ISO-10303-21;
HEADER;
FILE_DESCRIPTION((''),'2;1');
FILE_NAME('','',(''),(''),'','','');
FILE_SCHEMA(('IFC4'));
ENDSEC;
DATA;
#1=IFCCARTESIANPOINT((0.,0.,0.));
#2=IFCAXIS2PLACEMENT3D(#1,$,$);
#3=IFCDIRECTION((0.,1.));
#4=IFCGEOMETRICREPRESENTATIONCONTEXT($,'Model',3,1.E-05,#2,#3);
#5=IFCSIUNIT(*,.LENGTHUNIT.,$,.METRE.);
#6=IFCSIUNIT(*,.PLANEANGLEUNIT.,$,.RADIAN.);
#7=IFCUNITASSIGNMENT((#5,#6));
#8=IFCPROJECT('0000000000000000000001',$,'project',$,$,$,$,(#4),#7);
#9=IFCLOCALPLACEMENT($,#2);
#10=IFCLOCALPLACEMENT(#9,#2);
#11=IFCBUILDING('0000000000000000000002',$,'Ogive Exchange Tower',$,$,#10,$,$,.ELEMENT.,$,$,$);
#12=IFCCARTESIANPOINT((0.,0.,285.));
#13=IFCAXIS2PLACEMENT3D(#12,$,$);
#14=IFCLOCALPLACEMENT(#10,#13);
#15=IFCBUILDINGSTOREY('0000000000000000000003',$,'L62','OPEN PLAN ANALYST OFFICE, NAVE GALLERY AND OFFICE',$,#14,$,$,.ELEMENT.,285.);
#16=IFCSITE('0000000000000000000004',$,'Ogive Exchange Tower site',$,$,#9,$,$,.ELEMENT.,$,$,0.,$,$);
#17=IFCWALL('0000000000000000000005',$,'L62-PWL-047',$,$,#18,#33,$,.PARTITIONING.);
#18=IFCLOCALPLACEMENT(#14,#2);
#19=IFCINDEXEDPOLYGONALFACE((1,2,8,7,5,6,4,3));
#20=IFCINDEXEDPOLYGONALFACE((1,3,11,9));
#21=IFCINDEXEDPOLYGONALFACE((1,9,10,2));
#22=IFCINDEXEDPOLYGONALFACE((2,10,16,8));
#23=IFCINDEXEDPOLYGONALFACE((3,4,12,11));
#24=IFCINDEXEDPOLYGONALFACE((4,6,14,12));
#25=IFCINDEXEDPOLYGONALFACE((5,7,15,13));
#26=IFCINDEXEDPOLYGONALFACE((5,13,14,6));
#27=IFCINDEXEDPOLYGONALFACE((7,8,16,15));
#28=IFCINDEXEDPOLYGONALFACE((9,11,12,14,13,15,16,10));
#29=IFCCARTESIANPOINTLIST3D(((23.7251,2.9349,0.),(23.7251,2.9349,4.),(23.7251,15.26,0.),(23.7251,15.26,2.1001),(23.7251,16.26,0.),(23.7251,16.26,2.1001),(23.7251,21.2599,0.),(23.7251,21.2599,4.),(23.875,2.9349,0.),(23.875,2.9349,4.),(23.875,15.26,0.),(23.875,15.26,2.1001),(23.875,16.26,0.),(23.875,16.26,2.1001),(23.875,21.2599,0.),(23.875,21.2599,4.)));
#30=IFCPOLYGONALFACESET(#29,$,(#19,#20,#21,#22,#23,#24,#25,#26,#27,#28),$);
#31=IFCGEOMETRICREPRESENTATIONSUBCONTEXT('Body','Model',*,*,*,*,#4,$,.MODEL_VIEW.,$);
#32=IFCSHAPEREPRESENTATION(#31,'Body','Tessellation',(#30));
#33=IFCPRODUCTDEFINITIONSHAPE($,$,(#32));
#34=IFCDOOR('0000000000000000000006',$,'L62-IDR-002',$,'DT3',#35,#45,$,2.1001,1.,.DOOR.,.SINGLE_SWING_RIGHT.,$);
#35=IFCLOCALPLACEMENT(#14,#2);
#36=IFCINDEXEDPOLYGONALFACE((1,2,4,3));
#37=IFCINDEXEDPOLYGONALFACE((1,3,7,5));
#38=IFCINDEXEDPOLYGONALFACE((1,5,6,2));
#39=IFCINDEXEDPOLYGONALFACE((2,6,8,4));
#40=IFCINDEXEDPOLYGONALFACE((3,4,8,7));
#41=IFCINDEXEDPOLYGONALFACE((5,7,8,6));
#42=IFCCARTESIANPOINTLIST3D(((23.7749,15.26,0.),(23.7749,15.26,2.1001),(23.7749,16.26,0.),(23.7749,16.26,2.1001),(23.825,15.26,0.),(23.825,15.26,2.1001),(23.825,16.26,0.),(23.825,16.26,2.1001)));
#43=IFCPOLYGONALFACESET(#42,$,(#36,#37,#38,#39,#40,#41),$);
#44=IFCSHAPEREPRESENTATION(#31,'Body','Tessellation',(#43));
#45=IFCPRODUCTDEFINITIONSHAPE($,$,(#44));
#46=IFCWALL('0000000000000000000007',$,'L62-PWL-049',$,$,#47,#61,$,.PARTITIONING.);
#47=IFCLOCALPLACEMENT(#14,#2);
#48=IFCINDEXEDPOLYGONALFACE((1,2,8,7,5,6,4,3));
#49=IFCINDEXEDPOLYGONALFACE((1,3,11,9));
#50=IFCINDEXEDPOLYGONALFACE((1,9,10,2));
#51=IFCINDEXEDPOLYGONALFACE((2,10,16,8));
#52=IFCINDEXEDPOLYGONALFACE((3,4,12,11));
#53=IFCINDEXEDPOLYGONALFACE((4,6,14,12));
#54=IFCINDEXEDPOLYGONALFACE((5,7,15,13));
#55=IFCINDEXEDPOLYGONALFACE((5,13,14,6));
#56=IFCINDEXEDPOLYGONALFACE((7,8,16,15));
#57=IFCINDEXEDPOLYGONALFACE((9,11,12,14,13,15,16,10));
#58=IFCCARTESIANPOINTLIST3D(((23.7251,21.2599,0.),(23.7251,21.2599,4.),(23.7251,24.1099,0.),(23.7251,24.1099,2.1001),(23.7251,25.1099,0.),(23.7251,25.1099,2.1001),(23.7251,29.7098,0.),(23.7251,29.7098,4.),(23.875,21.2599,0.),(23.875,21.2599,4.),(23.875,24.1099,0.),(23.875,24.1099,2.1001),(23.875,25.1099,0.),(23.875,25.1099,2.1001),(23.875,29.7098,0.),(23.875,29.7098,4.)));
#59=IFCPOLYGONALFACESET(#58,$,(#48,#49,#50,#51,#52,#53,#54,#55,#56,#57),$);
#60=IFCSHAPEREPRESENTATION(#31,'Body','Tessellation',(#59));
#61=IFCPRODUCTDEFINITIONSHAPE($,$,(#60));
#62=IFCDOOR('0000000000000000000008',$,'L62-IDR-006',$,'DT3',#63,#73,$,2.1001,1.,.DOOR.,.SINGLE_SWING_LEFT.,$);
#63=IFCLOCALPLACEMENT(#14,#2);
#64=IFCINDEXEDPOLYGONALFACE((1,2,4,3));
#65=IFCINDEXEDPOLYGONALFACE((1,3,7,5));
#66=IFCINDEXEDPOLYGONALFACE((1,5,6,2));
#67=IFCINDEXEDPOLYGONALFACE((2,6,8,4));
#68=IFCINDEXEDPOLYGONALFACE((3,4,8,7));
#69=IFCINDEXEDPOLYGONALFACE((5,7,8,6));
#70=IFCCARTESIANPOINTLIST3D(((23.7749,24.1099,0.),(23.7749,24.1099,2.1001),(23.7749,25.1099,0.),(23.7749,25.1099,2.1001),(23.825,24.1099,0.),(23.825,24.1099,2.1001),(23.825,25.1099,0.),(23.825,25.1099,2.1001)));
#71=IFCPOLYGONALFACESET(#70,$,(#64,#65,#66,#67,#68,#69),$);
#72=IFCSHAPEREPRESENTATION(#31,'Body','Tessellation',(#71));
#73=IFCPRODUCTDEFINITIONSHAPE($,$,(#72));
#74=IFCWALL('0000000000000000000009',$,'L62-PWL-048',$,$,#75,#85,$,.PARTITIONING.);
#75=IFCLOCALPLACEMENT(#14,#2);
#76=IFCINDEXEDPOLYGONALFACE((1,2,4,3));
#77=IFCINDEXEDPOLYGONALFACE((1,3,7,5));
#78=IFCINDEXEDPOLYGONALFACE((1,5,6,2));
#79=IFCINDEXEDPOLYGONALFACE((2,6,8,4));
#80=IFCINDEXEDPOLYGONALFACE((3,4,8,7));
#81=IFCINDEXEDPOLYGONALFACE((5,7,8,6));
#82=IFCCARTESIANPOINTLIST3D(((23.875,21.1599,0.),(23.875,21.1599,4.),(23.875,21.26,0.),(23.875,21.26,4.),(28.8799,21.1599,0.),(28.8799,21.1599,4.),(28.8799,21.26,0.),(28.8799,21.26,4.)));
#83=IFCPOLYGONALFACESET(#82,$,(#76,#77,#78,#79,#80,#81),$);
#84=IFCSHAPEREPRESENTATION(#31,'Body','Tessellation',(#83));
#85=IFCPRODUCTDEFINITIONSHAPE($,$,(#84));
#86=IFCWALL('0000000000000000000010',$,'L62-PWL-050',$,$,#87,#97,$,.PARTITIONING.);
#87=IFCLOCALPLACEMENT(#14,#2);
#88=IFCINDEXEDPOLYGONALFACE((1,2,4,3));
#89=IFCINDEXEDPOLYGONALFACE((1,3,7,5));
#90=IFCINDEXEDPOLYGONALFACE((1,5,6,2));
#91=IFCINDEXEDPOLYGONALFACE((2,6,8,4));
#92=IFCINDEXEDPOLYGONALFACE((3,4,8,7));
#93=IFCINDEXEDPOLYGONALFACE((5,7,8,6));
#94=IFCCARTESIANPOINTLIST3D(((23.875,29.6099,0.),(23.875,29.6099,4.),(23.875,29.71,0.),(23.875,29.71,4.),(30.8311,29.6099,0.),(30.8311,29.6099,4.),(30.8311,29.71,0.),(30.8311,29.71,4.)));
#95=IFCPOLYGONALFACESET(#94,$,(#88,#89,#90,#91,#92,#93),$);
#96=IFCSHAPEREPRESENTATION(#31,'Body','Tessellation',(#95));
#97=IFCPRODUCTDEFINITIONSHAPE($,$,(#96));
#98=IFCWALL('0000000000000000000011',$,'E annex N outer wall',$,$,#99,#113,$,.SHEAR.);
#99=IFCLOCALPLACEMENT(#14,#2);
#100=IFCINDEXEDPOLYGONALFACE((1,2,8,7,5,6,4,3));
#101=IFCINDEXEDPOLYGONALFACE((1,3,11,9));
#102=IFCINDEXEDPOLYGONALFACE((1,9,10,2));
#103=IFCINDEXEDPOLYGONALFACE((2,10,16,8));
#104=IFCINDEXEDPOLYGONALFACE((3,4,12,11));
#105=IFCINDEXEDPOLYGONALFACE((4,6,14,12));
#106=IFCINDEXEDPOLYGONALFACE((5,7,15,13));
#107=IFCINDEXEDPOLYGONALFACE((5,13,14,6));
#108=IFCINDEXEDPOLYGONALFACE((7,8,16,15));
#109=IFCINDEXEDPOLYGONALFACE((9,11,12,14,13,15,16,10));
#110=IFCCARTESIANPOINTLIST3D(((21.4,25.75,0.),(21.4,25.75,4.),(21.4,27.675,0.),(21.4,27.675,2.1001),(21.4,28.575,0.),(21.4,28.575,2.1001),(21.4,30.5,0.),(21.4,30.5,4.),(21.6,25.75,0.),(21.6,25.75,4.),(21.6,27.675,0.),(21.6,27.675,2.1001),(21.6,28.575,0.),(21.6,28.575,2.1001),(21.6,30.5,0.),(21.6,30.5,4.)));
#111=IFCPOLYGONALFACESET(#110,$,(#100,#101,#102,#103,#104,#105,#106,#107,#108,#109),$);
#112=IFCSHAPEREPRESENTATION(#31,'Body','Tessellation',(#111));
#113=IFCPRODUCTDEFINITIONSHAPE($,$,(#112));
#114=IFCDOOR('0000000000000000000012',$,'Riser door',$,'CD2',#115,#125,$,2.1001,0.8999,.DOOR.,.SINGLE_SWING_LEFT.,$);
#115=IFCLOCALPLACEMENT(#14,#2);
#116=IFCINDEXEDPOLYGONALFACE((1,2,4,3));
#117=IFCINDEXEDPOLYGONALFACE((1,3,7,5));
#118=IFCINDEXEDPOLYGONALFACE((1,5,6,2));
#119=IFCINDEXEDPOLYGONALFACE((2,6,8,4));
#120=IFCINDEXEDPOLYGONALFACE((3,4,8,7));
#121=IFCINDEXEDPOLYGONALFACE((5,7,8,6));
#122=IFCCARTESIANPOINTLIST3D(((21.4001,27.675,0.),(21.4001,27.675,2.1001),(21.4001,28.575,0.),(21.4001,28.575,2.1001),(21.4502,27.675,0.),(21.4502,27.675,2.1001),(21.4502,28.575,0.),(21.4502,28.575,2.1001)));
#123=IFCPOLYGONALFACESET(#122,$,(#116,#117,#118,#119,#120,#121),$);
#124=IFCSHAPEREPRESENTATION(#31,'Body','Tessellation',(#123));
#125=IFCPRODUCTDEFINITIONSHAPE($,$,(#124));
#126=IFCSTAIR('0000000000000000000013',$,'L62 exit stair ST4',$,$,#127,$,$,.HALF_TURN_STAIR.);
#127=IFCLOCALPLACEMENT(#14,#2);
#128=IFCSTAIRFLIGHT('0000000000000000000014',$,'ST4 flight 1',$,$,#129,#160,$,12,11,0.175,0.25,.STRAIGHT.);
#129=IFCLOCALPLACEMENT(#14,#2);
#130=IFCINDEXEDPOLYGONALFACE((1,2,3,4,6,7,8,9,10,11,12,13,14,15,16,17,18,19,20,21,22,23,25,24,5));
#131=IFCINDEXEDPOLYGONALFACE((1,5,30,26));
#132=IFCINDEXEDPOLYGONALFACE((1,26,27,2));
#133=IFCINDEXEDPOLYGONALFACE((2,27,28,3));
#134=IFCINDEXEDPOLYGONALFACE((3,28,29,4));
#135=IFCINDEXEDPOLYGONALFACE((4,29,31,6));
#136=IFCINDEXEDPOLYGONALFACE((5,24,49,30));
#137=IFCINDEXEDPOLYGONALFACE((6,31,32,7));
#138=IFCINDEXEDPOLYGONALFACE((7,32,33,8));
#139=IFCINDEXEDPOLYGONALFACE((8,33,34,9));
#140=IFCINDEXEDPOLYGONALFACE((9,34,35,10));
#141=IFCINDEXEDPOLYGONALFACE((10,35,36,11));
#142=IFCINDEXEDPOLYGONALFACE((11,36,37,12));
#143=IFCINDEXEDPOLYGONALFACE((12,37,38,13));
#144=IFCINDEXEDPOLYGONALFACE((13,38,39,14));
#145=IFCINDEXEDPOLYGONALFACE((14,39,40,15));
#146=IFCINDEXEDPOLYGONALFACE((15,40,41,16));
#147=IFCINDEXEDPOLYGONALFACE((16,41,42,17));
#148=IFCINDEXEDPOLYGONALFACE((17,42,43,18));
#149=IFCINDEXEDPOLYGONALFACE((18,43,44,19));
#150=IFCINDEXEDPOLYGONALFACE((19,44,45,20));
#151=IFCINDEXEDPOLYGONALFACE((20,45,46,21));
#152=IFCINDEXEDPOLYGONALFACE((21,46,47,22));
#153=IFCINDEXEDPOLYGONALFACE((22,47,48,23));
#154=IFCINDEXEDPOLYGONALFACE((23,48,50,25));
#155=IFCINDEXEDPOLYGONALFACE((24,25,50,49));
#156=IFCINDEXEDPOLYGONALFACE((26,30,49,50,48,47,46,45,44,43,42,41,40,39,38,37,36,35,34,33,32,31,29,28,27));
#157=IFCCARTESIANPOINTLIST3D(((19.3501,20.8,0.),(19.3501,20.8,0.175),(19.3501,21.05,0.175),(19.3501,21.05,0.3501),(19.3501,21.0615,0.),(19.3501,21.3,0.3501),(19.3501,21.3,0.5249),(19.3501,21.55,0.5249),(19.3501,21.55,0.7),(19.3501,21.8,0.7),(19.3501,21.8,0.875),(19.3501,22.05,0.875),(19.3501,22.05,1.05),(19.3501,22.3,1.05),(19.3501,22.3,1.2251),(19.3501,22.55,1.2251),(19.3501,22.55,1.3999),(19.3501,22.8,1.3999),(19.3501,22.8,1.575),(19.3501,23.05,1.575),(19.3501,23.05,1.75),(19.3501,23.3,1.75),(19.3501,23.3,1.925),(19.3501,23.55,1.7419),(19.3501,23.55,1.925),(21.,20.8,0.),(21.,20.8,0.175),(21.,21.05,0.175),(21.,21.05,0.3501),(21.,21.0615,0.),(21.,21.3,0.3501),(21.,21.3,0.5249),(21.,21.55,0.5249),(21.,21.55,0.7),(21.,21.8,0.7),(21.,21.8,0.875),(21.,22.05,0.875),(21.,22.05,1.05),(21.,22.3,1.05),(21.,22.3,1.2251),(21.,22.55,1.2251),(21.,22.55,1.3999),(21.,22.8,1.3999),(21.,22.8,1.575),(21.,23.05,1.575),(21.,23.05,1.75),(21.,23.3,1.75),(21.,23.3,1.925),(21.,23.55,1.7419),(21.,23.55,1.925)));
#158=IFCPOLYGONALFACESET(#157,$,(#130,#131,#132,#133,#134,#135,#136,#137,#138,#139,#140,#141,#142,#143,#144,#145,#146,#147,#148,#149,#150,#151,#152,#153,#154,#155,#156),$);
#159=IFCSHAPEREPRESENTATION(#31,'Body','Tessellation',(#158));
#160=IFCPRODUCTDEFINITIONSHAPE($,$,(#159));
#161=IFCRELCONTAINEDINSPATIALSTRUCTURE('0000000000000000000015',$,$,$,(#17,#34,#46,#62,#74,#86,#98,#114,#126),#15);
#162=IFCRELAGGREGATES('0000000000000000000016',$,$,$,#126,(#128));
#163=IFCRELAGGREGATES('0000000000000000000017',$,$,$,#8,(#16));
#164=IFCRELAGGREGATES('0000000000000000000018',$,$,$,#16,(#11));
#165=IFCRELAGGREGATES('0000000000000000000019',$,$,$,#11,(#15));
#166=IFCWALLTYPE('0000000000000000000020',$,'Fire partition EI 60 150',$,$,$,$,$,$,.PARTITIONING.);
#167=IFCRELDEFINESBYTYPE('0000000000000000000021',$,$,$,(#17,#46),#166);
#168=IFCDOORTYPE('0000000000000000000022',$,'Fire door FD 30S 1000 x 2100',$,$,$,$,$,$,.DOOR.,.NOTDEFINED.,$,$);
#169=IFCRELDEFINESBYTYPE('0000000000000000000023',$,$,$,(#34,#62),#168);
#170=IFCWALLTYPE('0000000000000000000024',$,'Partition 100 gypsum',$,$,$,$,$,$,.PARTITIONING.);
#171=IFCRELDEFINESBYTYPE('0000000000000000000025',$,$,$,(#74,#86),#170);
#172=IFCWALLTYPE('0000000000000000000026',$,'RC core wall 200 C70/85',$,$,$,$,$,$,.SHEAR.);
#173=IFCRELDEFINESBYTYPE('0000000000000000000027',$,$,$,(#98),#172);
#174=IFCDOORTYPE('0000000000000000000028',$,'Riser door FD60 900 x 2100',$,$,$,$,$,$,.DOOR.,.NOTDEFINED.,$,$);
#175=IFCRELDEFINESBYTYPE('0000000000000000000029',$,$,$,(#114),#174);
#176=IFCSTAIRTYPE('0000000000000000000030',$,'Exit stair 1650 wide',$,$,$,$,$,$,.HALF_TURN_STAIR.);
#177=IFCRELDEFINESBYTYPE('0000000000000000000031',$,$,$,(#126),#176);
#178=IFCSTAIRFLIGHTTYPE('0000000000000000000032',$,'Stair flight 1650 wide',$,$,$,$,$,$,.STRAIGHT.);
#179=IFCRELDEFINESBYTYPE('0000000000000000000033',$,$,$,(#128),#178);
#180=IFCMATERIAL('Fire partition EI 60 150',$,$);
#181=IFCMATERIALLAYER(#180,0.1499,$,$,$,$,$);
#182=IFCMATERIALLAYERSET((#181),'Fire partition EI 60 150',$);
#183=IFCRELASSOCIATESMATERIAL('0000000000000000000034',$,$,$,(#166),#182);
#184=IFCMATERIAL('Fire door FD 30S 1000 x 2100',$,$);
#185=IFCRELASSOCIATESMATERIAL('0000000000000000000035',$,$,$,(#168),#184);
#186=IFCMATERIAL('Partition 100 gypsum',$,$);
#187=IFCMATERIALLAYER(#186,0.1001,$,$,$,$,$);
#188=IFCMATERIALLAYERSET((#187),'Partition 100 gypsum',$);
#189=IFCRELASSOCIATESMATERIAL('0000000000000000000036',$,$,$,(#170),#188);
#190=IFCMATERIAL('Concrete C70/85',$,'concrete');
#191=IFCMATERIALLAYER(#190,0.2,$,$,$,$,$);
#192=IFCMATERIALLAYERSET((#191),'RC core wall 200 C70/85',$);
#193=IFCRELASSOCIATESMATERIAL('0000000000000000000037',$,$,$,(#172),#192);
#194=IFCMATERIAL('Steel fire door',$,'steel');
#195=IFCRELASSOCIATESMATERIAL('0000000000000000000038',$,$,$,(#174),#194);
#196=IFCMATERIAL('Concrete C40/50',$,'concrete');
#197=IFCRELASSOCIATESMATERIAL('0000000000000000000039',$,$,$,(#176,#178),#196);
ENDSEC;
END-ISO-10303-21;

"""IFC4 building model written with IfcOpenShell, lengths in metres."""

from ifc_helpers import new_model, si_unit, direction, frame, frame_2d, origin, place, context, subcontext, project, spatial, polyline, rectangle, outline, extrude, material, layer, layer_set, type_object, element, fill, aggregate, save


model = new_model("IFC4")

# Units and contexts
model_context = context("Model", 3, precision=1e-05, world=origin(), true_north=direction((0.0, 1.0)))
body_context = subcontext(model_context, "Body", "Model", "MODEL_VIEW")
ifc_project = project(units=[si_unit("LENGTHUNIT", "METRE"), si_unit("PLANEANGLEUNIT", "RADIAN")], contexts=[model_context])

# Site, building, storey
site_placement = place(None, origin())
site = spatial("IfcSite", under=ifc_project, at=site_placement, Name="Ogive Exchange Tower site", CompositionType="ELEMENT", RefElevation=0.0)
building_placement = place(site_placement, origin())
building = spatial("IfcBuilding", under=site, at=building_placement, Name="Ogive Exchange Tower", CompositionType="ELEMENT")
storey_placement = place(building_placement, frame((0.0, 0.0, 285.0)))
storey = spatial("IfcBuildingStorey", under=building, at=storey_placement, Name="L62", Description="OPEN PLAN ANALYST OFFICE, NAVE GALLERY AND OFFICE", CompositionType="ELEMENT", Elevation=285.0)

# Walls, openings, doors
ifc_material_1 = material(Name="Fire partition EI 60 150")
ifc_layer_1 = layer(ifc_material_1, 0.1499)
ifc_layer_set_1 = layer_set([ifc_layer_1], Name="Fire partition EI 60 150")
wall_type_1 = type_object("IfcWallType", Name="Fire partition EI 60 150", PredefinedType="PARTITIONING", material=ifc_layer_set_1)
wall_1_placement = place(storey_placement, frame((23.8, 21.26, 0.0), z_axis=(0.0, 0.0, 1.0), x_axis=(0.0, -1.0, 0.0)))
wall_1 = element("IfcWall", 1, at=wall_1_placement, inside=storey, type_object=wall_type_1, Name="L62-PWL-047", PredefinedType="PARTITIONING", context=body_context, shape_type="SweptSolid", body=[
    extrude(rectangle(XDim=18.325, YDim=0.1499, at=frame_2d((9.1626, 0.0))), origin(), (0.0, 0.0, 1.0), 4.0),
])
opening_1_placement = place(wall_1_placement, frame((5.0, 0.0, 0.0)))
opening_1 = element("IfcOpeningElement", 2, at=opening_1_placement, cuts=wall_1, PredefinedType="OPENING", context=body_context, shape_type="SweptSolid", body=[
    extrude(rectangle(XDim=1.0, YDim=2.1001, at=frame_2d((0.5, 1.05))), frame((0.0, 0.085, 0.0), z_axis=(0.0, -1.0, 0.0), x_axis=(1.0, 0.0, 0.0)), (0.0, 0.0, 1.0), 0.1699),
])
ifc_material_2 = material(Name="Fire door FD 30S 1000 x 2100")
door_type_1 = type_object("IfcDoorType", Name="Fire door FD 30S 1000 x 2100", OperationType="NOTDEFINED", PredefinedType="DOOR", material=ifc_material_2)
door_1_placement = place(opening_1_placement, origin())
door_1 = element("IfcDoor", 3, at=door_1_placement, inside=storey, type_object=door_type_1, Name="L62-IDR-002", ObjectType="DT3", OperationType="SINGLE_SWING_RIGHT", OverallHeight=2.1001, OverallWidth=1.0, PredefinedType="DOOR", context=body_context, shape_type="SweptSolid", body=[
    extrude(rectangle(XDim=1.0, YDim=2.1001, at=frame_2d((0.5, 1.05))), frame((0.0, 0.0249, 0.0), z_axis=(0.0, -1.0, 0.0), x_axis=(1.0, 0.0, 0.0)), (0.0, 0.0, 1.0), 0.05),
])
fill(opening_1, door_1)
wall_2_placement = place(storey_placement, frame((23.8, 29.71, 0.0), z_axis=(0.0, 0.0, 1.0), x_axis=(0.0, -1.0, 0.0)))
wall_2 = element("IfcWall", 4, at=wall_2_placement, inside=storey, type_object=wall_type_1, Name="L62-PWL-049", PredefinedType="PARTITIONING", context=body_context, shape_type="SweptSolid", body=[
    extrude(rectangle(XDim=8.45, YDim=0.1499, at=frame_2d((4.2251, 0.0))), origin(), (0.0, 0.0, 1.0), 4.0),
])
opening_2_placement = place(wall_2_placement, frame((4.6001, 0.0, 0.0)))
opening_2 = element("IfcOpeningElement", 5, at=opening_2_placement, cuts=wall_2, PredefinedType="OPENING", context=body_context, shape_type="SweptSolid", body=[
    extrude(rectangle(XDim=1.0, YDim=2.1001, at=frame_2d((0.5, 1.05))), frame((0.0, 0.085, 0.0), z_axis=(0.0, -1.0, 0.0), x_axis=(1.0, 0.0, 0.0)), (0.0, 0.0, 1.0), 0.1699),
])
door_2_placement = place(opening_2_placement, origin())
door_2 = element("IfcDoor", 6, at=door_2_placement, inside=storey, type_object=door_type_1, Name="L62-IDR-006", ObjectType="DT3", OperationType="SINGLE_SWING_LEFT", OverallHeight=2.1001, OverallWidth=1.0, PredefinedType="DOOR", context=body_context, shape_type="SweptSolid", body=[
    extrude(rectangle(XDim=1.0, YDim=2.1001, at=frame_2d((0.5, 1.05))), frame((0.0, 0.0249, 0.0), z_axis=(0.0, -1.0, 0.0), x_axis=(1.0, 0.0, 0.0)), (0.0, 0.0, 1.0), 0.05),
])
fill(opening_2, door_2)

# Walls
ifc_material_3 = material(Name="Partition 100 gypsum")
ifc_layer_2 = layer(ifc_material_3, 0.1001)
ifc_layer_set_2 = layer_set([ifc_layer_2], Name="Partition 100 gypsum")
wall_type_2 = type_object("IfcWallType", Name="Partition 100 gypsum", PredefinedType="PARTITIONING", material=ifc_layer_set_2)
wall_3_placement = place(storey_placement, frame((23.875, 21.21, 0.0), z_axis=(0.0, 0.0, 1.0), x_axis=(1.0, 0.0, 0.0)))
element("IfcWall", 7, at=wall_3_placement, inside=storey, type_object=wall_type_2, Name="L62-PWL-048", PredefinedType="PARTITIONING", context=body_context, shape_type="SweptSolid", body=[
    extrude(rectangle(XDim=5.0049, YDim=0.1001, at=frame_2d((2.5024, 0.0))), origin(), (0.0, 0.0, 1.0), 4.0),
])
wall_4_placement = place(storey_placement, frame((23.875, 29.6599, 0.0), z_axis=(0.0, 0.0, 1.0), x_axis=(1.0, 0.0, 0.0)))
element("IfcWall", 8, at=wall_4_placement, inside=storey, type_object=wall_type_2, Name="L62-PWL-050", PredefinedType="PARTITIONING", context=body_context, shape_type="SweptSolid", body=[
    extrude(rectangle(XDim=6.9561, YDim=0.1001, at=frame_2d((3.478, 0.0))), origin(), (0.0, 0.0, 1.0), 4.0),
])

# Wall, opening, door
ifc_material_4 = material(Name="Concrete C70/85", Category="concrete")
ifc_layer_3 = layer(ifc_material_4, 0.2)
ifc_layer_set_3 = layer_set([ifc_layer_3], Name="RC core wall 200 C70/85")
wall_type_3 = type_object("IfcWallType", Name="RC core wall 200 C70/85", PredefinedType="SHEAR", material=ifc_layer_set_3)
wall_5_placement = place(storey_placement, frame((21.5, 25.75, 0.0), z_axis=(0.0, 0.0, 1.0), x_axis=(0.0, 1.0, 0.0)))
wall_5 = element("IfcWall", 9, at=wall_5_placement, inside=storey, type_object=wall_type_3, Name="E annex N outer wall", PredefinedType="SHEAR", context=body_context, shape_type="SweptSolid", body=[
    extrude(rectangle(XDim=4.75, YDim=0.2, at=frame_2d((2.375, 0.0))), origin(), (0.0, 0.0, 1.0), 4.0),
])
opening_3_placement = place(wall_5_placement, frame((1.925, 0.0, 0.0)))
opening_3 = element("IfcOpeningElement", 10, at=opening_3_placement, cuts=wall_5, PredefinedType="OPENING", context=body_context, shape_type="SweptSolid", body=[
    extrude(rectangle(XDim=0.8999, YDim=2.1001, at=frame_2d((0.45, 1.05))), frame((0.0, 0.1099, 0.0), z_axis=(0.0, -1.0, 0.0), x_axis=(1.0, 0.0, 0.0)), (0.0, 0.0, 1.0), 0.22),
])
ifc_material_5 = material(Name="Steel fire door", Category="steel")
door_type_2 = type_object("IfcDoorType", Name="Riser door FD60 900 x 2100", OperationType="NOTDEFINED", PredefinedType="DOOR", material=ifc_material_5)
door_3_placement = place(opening_3_placement, frame((0.8999, 0.1499, 0.0), z_axis=(0.0, 0.0, 1.0), x_axis=(-1.0, 0.0, 0.0)))
door_3 = element("IfcDoor", 11, at=door_3_placement, inside=storey, type_object=door_type_2, Name="Riser door", ObjectType="CD2", OperationType="SINGLE_SWING_LEFT", OverallHeight=2.1001, OverallWidth=0.8999, PredefinedType="DOOR", context=body_context, shape_type="SweptSolid", body=[
    extrude(rectangle(XDim=0.8999, YDim=2.1001, at=frame_2d((0.45, 1.05))), frame((0.0, 0.1001, 0.0), z_axis=(0.0, -1.0, 0.0), x_axis=(1.0, 0.0, 0.0)), (0.0, 0.0, 1.0), 0.05),
])
fill(opening_3, door_3)

# Stair, stair flight
ifc_material_6 = material(Name="Concrete C40/50", Category="concrete")
stair_type = type_object("IfcStairType", Name="Exit stair 1650 wide", PredefinedType="HALF_TURN_STAIR", material=ifc_material_6)
stair_placement = place(storey_placement, origin())
stair = element("IfcStair", 12, at=stair_placement, inside=storey, type_object=stair_type, Name="L62 exit stair ST4", PredefinedType="HALF_TURN_STAIR")
stair_flight_type = type_object("IfcStairFlightType", Name="Stair flight 1650 wide", PredefinedType="STRAIGHT", material=ifc_material_6)
stair_flight_placement = place(storey_placement, frame((20.175, 20.8, 0.0), z_axis=(0.0, 0.0, 1.0), x_axis=(0.0, 1.0, 0.0)))
stair_flight = element("IfcStairFlight", 13, at=stair_flight_placement, type_object=stair_flight_type, Name="ST4 flight 1", NumberOfRisers=12, NumberOfTreads=11, PredefinedType="STRAIGHT", RiserHeight=0.175, TreadLength=0.25, context=body_context, shape_type="SweptSolid", body=[
    extrude(outline(polyline([(0.0, 0.0), (0.0, 0.175), (0.25, 0.175), (0.25, 0.3501), (0.5, 0.3501), (0.5, 0.5249), (0.75, 0.5249), (0.75, 0.7), (1.0, 0.7), (1.0, 0.875), (1.25, 0.875), (1.25, 1.05), (1.5, 1.05), (1.5, 1.2251), (1.75, 1.2251), (1.75, 1.3999), (2.0, 1.3999), (2.0, 1.575), (2.25, 1.575), (2.25, 1.75), (2.5, 1.75), (2.5, 1.925), (2.75, 1.925), (2.75, 2.1001), (2.75, 1.7419), (0.2615, 0.0), (0.0, 0.0)])), frame((0.0, 0.825, 0.0), z_axis=(0.0, -1.0, 0.0), x_axis=(1.0, 0.0, 0.0)), (0.0, 0.0, 1.0), 1.6499),
])
aggregate(stair, [stair_flight])

save(model, "model.ifc")
